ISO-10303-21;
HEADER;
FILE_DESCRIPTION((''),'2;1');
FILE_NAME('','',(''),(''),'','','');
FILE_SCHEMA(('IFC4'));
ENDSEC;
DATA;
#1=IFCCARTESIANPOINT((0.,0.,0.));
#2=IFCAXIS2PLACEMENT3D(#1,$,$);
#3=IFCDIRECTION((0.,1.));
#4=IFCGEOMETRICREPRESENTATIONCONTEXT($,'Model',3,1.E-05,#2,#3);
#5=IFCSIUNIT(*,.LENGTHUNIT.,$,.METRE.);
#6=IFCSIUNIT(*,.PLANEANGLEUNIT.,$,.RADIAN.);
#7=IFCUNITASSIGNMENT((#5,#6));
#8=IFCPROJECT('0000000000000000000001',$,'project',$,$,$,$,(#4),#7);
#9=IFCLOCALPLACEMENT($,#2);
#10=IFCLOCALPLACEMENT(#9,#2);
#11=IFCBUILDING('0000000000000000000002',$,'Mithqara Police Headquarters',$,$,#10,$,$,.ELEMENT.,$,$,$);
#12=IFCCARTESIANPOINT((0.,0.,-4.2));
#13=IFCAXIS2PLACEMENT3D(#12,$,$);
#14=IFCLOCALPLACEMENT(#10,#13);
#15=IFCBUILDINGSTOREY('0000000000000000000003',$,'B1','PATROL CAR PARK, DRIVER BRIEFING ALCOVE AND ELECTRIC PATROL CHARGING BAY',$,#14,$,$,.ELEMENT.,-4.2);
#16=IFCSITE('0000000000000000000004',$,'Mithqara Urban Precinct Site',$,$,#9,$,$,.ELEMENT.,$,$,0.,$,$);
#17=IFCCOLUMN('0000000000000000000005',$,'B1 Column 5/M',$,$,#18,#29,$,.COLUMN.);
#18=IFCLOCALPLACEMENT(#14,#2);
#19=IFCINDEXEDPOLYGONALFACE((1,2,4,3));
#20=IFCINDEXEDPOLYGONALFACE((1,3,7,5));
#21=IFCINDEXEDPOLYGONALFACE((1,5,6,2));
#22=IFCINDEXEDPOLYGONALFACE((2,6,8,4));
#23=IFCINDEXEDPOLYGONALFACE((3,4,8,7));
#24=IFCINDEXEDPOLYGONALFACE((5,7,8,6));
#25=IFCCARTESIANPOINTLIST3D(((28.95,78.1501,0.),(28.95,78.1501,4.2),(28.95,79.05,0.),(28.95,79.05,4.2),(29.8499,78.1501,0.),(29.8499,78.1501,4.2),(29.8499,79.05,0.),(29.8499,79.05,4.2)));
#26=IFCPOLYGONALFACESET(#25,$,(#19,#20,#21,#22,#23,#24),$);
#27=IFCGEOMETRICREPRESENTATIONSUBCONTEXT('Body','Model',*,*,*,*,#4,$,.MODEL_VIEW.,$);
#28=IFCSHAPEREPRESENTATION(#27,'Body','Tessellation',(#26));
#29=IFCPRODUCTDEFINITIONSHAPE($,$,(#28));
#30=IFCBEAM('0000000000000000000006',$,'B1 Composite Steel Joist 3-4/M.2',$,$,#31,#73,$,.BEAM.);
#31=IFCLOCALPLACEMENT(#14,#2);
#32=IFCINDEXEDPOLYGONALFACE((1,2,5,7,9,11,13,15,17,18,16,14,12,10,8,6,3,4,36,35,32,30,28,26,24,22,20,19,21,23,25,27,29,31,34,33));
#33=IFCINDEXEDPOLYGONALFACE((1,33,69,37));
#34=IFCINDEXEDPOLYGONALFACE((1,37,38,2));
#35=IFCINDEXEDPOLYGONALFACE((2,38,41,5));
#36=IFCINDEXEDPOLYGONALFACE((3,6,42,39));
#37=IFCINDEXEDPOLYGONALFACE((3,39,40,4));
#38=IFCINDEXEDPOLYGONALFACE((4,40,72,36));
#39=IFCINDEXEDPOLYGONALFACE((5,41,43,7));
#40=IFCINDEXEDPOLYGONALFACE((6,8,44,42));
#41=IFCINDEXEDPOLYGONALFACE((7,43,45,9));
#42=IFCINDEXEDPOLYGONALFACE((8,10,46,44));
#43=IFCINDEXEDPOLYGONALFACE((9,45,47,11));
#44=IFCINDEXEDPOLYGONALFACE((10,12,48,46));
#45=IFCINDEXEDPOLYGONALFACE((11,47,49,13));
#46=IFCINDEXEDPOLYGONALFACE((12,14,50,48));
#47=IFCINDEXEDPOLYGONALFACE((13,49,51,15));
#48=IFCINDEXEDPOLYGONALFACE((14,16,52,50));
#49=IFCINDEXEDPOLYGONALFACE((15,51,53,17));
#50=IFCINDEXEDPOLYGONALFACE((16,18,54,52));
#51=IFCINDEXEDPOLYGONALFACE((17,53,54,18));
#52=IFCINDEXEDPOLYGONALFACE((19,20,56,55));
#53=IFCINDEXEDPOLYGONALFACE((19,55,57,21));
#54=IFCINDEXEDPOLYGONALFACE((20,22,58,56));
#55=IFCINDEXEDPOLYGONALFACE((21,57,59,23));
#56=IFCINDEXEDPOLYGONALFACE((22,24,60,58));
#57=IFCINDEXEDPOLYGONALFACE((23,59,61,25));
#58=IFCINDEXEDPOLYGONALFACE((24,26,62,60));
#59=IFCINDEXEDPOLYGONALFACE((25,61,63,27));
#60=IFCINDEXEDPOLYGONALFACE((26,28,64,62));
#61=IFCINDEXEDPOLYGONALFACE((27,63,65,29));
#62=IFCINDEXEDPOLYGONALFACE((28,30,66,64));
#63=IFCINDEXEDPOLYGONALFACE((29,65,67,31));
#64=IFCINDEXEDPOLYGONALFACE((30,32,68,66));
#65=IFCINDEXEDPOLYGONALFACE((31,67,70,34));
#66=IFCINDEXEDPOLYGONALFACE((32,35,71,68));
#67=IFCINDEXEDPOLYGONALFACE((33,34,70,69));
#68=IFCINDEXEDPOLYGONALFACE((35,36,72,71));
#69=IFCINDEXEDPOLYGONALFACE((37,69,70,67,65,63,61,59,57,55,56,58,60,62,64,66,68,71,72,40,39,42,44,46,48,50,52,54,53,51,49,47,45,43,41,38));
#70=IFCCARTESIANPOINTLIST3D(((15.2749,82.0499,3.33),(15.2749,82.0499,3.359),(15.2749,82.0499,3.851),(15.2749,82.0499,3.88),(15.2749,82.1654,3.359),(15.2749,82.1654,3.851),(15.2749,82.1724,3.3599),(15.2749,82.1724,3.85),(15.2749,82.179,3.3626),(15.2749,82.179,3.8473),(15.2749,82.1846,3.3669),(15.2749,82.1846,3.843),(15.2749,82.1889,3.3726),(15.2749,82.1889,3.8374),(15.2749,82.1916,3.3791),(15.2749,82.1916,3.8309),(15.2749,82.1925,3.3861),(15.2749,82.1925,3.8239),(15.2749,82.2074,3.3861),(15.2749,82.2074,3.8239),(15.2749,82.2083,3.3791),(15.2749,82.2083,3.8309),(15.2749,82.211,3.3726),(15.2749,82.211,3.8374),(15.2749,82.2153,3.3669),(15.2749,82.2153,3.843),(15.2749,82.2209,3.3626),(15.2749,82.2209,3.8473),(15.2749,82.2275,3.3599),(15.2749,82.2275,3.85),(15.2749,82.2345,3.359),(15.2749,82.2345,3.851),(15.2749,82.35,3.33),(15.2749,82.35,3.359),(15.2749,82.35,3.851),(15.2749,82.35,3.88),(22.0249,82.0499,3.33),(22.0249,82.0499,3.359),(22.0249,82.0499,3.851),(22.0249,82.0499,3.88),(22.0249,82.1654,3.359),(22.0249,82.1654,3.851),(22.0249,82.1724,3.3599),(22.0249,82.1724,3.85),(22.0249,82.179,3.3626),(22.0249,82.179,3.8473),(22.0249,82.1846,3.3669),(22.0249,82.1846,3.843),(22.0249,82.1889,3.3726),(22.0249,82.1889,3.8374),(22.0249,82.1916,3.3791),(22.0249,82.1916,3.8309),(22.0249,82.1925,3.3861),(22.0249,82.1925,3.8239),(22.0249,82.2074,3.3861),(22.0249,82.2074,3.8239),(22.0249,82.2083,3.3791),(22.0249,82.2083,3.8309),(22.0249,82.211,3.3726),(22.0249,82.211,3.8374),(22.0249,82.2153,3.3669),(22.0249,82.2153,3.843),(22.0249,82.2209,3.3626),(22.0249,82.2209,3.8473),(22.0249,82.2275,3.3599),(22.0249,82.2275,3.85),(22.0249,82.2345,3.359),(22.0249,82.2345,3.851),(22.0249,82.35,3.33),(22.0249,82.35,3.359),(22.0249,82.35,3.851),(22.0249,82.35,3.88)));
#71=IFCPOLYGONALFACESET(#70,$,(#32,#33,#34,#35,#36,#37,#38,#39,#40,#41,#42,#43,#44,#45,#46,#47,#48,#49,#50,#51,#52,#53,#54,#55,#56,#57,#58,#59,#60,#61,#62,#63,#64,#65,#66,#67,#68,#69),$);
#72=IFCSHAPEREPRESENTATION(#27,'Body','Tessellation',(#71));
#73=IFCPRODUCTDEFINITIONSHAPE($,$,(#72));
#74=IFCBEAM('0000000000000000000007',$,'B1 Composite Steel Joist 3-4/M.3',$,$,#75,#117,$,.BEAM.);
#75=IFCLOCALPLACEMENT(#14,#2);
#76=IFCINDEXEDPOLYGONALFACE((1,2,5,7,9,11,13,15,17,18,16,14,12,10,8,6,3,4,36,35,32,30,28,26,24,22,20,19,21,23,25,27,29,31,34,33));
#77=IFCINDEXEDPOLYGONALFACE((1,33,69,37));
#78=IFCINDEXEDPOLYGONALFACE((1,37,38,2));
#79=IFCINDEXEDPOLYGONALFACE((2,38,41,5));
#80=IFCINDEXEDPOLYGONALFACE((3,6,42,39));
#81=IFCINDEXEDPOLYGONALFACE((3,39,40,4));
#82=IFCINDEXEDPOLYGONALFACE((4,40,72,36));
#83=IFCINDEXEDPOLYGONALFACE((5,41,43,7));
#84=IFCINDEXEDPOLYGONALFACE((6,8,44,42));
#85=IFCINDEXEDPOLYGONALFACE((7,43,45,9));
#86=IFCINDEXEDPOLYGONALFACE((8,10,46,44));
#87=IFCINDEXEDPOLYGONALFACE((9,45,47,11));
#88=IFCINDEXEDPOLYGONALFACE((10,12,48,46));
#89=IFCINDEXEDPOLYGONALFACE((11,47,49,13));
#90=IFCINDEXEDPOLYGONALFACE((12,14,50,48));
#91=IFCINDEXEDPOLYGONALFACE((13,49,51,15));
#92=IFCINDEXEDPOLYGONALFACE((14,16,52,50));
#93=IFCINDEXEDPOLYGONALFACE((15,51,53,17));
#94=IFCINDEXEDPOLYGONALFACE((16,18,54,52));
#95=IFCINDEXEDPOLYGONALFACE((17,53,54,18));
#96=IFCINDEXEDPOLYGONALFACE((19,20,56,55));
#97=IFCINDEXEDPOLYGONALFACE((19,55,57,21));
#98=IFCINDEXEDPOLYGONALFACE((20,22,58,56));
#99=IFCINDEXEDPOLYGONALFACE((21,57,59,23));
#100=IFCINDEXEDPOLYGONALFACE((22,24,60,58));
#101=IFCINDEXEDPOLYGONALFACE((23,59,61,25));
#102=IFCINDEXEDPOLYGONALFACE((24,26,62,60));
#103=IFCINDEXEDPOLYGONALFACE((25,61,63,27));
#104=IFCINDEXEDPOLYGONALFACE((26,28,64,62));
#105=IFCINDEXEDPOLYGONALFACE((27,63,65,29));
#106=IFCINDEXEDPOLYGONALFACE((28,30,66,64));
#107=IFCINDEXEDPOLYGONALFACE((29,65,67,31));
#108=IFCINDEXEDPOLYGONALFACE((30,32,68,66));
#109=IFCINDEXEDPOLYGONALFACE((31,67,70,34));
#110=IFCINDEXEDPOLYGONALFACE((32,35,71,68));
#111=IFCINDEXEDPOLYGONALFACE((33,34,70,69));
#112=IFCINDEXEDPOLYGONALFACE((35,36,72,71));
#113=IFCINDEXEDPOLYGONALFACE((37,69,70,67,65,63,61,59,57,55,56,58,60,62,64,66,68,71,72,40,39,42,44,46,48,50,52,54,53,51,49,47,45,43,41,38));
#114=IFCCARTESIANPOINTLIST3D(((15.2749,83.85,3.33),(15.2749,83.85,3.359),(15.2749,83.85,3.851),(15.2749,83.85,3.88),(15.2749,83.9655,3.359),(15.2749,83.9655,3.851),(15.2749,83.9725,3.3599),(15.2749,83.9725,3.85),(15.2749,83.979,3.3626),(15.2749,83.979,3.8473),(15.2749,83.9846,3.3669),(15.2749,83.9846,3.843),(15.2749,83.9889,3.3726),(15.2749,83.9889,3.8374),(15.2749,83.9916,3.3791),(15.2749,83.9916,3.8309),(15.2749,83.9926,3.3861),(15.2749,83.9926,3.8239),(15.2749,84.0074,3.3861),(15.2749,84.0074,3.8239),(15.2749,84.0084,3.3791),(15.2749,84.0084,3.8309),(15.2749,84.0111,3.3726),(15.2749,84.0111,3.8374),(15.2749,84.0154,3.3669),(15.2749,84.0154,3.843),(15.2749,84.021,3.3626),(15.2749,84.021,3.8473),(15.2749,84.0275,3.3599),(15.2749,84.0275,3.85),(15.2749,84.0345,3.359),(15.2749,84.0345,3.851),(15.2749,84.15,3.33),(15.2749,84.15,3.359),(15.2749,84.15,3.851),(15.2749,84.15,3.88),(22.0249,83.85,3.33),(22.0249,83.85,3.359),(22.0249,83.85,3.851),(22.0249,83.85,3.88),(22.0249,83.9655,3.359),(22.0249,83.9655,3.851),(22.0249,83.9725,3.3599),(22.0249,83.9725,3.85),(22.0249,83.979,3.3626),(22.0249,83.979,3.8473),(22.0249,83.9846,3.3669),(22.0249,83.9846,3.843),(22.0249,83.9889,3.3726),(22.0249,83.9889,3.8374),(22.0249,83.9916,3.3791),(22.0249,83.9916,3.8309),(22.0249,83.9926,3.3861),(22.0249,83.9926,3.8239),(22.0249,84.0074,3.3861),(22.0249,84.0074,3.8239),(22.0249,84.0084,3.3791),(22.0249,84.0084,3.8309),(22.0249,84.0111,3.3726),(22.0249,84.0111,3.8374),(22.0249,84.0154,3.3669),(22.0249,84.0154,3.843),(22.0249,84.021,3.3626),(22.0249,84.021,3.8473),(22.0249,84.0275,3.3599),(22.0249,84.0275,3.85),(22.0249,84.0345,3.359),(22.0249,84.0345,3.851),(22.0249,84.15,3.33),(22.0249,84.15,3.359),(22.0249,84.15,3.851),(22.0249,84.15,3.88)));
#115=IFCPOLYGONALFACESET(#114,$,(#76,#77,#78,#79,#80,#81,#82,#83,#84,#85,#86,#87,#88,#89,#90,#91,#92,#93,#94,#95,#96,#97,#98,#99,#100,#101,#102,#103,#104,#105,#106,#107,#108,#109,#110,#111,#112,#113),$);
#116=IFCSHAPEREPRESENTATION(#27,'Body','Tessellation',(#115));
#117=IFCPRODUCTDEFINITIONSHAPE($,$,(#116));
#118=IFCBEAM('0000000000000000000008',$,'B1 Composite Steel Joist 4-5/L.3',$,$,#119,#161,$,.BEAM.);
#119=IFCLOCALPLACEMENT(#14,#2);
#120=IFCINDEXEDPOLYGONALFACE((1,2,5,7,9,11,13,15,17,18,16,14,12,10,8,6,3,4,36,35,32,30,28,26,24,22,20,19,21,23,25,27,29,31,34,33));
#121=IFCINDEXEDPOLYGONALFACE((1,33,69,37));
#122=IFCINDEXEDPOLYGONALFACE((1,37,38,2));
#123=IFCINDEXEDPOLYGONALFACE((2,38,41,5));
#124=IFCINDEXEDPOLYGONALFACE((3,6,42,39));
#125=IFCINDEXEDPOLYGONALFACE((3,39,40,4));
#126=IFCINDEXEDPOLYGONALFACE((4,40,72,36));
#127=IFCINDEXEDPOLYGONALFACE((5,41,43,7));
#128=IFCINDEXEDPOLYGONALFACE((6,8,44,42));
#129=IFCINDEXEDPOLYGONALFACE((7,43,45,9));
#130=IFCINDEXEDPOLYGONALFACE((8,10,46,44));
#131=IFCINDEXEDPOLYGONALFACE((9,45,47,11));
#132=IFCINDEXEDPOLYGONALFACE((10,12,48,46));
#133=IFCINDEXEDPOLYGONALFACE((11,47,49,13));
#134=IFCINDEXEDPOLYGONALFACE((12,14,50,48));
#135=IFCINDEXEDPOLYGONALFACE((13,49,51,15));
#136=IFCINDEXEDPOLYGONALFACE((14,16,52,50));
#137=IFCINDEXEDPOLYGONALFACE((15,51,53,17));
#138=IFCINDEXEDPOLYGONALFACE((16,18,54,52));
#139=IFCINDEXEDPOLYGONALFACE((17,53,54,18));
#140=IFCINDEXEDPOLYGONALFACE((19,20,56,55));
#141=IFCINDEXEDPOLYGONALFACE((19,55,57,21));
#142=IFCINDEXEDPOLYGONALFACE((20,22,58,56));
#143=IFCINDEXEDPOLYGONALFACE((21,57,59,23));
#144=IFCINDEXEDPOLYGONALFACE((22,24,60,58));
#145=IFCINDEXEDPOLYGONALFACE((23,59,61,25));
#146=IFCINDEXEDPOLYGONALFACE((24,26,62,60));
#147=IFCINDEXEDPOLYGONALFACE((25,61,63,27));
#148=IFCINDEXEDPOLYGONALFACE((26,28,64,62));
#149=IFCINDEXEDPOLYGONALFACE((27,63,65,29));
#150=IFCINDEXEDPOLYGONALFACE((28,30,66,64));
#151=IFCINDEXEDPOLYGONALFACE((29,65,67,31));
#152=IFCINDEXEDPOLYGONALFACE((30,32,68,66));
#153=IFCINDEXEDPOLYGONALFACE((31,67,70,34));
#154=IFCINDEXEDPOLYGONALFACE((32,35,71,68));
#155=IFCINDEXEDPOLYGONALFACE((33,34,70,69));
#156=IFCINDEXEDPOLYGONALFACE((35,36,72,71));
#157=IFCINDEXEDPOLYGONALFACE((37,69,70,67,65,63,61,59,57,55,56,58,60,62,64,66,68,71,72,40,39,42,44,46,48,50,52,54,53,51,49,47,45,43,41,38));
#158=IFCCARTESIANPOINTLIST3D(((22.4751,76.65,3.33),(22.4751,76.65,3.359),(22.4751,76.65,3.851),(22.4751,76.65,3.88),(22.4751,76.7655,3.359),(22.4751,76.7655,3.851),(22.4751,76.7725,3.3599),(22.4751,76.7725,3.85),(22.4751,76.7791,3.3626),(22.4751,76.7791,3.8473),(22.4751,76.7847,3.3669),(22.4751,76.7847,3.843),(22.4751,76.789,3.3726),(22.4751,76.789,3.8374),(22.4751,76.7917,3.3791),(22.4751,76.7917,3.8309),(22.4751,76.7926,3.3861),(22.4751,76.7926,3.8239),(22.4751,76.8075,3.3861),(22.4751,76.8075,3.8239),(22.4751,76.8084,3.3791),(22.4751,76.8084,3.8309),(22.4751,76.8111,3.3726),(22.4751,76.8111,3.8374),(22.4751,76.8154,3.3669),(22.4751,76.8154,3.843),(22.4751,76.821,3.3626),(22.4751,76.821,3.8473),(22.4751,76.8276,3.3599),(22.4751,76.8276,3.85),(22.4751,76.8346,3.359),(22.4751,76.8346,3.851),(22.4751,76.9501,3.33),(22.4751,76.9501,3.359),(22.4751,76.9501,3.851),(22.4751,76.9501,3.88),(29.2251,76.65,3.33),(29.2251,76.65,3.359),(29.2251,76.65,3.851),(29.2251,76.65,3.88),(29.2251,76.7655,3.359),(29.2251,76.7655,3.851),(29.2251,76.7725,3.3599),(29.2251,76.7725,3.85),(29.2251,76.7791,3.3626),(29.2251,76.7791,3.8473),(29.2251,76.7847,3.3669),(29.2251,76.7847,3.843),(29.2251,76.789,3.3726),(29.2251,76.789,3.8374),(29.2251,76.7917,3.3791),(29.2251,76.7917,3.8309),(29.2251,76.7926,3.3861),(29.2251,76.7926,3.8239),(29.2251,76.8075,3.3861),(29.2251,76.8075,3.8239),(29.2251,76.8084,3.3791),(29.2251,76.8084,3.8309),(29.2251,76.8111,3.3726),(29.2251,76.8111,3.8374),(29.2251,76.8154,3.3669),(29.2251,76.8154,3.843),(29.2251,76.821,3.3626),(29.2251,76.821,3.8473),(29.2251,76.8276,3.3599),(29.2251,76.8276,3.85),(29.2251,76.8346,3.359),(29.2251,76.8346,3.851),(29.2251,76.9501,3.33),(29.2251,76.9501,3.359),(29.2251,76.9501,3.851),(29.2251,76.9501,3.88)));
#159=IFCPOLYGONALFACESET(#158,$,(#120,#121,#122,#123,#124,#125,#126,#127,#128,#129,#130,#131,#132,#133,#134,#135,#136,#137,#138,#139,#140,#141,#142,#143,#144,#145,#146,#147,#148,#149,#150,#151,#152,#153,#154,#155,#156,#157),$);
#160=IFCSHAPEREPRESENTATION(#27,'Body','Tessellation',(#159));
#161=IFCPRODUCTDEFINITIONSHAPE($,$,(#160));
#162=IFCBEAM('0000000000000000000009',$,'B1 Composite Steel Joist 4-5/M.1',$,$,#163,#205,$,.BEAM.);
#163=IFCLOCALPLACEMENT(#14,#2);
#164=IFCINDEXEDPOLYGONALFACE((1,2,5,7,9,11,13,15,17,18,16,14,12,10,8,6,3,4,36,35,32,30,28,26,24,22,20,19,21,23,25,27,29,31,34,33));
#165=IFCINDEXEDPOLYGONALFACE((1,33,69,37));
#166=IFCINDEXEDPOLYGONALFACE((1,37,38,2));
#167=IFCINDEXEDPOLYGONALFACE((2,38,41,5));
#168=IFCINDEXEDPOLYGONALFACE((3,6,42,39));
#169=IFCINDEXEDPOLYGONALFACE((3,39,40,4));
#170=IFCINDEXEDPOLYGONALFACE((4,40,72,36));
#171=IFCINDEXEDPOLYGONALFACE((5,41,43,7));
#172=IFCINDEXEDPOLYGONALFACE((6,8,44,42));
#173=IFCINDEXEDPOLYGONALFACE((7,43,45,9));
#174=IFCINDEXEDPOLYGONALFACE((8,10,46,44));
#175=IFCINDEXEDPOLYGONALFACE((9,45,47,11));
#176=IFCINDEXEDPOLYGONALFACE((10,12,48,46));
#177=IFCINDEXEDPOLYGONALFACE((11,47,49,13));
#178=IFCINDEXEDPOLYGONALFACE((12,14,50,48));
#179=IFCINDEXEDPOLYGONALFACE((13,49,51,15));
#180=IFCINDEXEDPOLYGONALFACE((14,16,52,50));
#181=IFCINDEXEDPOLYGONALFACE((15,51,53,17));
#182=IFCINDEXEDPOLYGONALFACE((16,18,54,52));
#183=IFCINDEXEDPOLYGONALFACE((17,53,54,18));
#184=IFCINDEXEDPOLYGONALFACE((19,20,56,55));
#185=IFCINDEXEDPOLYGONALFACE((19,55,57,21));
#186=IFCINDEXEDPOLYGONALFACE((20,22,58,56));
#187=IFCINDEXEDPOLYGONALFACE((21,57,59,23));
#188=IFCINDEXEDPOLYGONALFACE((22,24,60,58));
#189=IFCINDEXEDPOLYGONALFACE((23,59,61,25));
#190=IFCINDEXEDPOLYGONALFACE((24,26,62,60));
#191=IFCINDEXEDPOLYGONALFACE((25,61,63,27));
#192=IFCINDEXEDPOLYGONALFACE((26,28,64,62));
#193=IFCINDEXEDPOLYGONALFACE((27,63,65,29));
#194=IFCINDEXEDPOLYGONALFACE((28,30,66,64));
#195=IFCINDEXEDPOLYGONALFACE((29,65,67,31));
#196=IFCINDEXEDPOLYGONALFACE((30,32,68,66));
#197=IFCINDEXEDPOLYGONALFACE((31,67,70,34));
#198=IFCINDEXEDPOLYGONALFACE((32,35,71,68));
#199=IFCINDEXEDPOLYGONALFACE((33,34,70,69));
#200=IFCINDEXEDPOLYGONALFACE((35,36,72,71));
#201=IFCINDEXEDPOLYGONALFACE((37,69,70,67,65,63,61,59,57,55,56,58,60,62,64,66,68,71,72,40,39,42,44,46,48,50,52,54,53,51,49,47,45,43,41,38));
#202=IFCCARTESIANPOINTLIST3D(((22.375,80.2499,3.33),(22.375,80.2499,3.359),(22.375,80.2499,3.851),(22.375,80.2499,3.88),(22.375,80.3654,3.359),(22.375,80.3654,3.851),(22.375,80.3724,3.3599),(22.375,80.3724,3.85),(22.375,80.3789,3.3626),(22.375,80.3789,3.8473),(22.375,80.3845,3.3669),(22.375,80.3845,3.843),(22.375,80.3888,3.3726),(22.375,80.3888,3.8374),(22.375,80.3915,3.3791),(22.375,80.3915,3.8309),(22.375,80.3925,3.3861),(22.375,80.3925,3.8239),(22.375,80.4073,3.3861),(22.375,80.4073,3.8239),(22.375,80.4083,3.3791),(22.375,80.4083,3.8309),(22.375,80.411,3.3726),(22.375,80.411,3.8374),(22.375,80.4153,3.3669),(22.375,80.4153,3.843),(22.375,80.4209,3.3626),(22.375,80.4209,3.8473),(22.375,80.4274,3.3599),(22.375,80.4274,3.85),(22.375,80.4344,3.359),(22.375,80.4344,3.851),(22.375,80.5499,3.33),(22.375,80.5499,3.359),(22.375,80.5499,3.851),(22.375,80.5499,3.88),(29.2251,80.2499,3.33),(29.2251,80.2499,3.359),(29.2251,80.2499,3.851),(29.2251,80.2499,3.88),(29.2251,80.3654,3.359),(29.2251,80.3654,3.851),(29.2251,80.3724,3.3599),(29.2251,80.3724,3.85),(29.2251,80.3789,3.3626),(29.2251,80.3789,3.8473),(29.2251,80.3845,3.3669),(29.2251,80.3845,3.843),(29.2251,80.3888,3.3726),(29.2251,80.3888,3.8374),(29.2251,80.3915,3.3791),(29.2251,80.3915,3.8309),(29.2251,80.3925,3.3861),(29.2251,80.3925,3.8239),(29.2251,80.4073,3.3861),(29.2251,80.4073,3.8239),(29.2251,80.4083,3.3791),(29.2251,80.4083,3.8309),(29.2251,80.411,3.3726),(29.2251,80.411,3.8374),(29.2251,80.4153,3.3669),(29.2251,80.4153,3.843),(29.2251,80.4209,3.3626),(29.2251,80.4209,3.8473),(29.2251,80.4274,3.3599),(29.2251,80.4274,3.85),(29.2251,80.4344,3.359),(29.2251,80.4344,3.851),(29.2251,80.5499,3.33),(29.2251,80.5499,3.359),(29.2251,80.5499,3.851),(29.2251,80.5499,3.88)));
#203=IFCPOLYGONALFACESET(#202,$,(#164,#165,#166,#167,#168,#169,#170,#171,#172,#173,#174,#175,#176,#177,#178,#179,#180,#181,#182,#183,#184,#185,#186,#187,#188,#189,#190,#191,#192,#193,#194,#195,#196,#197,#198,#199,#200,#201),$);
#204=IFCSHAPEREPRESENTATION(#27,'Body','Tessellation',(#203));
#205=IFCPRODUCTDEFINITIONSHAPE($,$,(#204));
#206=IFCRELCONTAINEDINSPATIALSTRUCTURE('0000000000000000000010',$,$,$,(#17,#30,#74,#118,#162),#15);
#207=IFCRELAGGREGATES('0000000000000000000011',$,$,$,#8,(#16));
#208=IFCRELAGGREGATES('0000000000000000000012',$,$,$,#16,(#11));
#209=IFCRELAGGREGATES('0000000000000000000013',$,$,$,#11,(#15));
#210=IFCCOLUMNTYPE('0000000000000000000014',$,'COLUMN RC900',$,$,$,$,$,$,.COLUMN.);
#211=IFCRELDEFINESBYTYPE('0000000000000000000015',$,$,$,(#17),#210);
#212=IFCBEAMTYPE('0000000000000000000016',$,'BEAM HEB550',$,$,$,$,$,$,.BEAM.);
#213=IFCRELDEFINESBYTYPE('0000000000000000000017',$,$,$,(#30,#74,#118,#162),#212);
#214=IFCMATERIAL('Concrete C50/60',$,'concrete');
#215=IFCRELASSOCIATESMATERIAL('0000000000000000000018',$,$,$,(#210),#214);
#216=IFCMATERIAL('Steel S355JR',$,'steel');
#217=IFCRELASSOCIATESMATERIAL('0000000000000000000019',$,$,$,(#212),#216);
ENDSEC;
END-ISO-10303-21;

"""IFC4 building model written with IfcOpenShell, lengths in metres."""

from ifc_helpers import new_model, si_unit, direction, frame, origin, origin_2d, place, context, subcontext, project, spatial, rectangle, i_section, extrude, material, material_profile, profile_set, type_object, element, save


model = new_model("IFC4")

# Units and contexts
model_context = context("Model", 3, precision=1e-05, world=origin(), true_north=direction((0.0, 1.0)))
body_context = subcontext(model_context, "Body", "Model", "MODEL_VIEW")
ifc_project = project(units=[si_unit("LENGTHUNIT", "METRE"), si_unit("PLANEANGLEUNIT", "RADIAN")], contexts=[model_context])

# Site, building, storey
site_placement = place(None, origin())
site = spatial("IfcSite", under=ifc_project, at=site_placement, Name="Mithqara Urban Precinct Site", CompositionType="ELEMENT", RefElevation=0.0)
building_placement = place(site_placement, origin())
building = spatial("IfcBuilding", under=site, at=building_placement, Name="Mithqara Police Headquarters", CompositionType="ELEMENT")
storey_placement = place(building_placement, frame((0.0, 0.0, -4.2)))
storey = spatial("IfcBuildingStorey", under=building, at=storey_placement, Name="B1", Description="PATROL CAR PARK, DRIVER BRIEFING ALCOVE AND ELECTRIC PATROL CHARGING BAY", CompositionType="ELEMENT", Elevation=-4.2)

# Column
ifc_material_1 = material(Name="Concrete C50/60", Category="concrete")
ifc_material_profile_1 = material_profile(ifc_material_1, rectangle(XDim=0.8999, YDim=0.8999, at=origin_2d()), Name="RC 900x900")
ifc_profile_set_1 = profile_set([ifc_material_profile_1], Name="Concrete C50/60")
column_type_1 = type_object("IfcColumnType", Name="COLUMN RC900", PredefinedType="COLUMN", material=ifc_profile_set_1)
for number, where, z_axis, x_axis, name in (
    (1, (29.3999, 78.6001, 0.0), (0.0, 0.0, 1.0), (1.0, 0.0, 0.0), "B1 Column 5/M"),
):
    element("IfcColumn", number, at=place(storey_placement, frame(where, z_axis=z_axis, x_axis=x_axis)), inside=storey, type_object=column_type_1, Name=name, PredefinedType="COLUMN", context=body_context, shape_type="SweptSolid", body=[
        extrude(rectangle(XDim=0.8999, YDim=0.8999, at=origin_2d()), origin(), (0.0, 0.0, 1.0), 4.2),
    ])

# Beams
ifc_material_2 = material(Name="Steel S355JR", Category="steel")
ifc_material_profile_2 = material_profile(ifc_material_2, i_section(OverallWidth=0.3, OverallDepth=0.55, WebThickness=0.0149, FlangeThickness=0.0291, FilletRadius=0.0271, at=origin_2d()), Name="HEB 550")
ifc_profile_set_2 = profile_set([ifc_material_profile_2], Name="Steel S355JR")
beam_type_1 = type_object("IfcBeamType", Name="BEAM HEB550", PredefinedType="BEAM", material=ifc_profile_set_2)
for number, where, z_axis, x_axis, name in (
    (2, (15.2749, 82.2, 3.605), (1.0, 0.0, 0.0), (0.0, 1.0, 0.0), "B1 Composite Steel Joist 3-4/M.2"),
    (3, (15.2749, 84.0, 3.605), (1.0, 0.0, 0.0), (0.0, 1.0, 0.0), "B1 Composite Steel Joist 3-4/M.3"),
    (4, (22.4751, 76.8, 3.605), (1.0, 0.0, 0.0), (0.0, 1.0, 0.0), "B1 Composite Steel Joist 4-5/L.3"),
):
    element("IfcBeam", number, at=place(storey_placement, frame(where, z_axis=z_axis, x_axis=x_axis)), inside=storey, type_object=beam_type_1, Name=name, PredefinedType="BEAM", context=body_context, shape_type="SweptSolid", body=[
        extrude(i_section(OverallWidth=0.3, OverallDepth=0.55, WebThickness=0.0149, FlangeThickness=0.0291, FilletRadius=0.0271, at=origin_2d()), origin(), (0.0, 0.0, 1.0), 6.75),
    ])
for number, where, z_axis, x_axis, name in (
    (5, (22.375, 80.3999, 3.605), (1.0, 0.0, 0.0), (0.0, 1.0, 0.0), "B1 Composite Steel Joist 4-5/M.1"),
):
    element("IfcBeam", number, at=place(storey_placement, frame(where, z_axis=z_axis, x_axis=x_axis)), inside=storey, type_object=beam_type_1, Name=name, PredefinedType="BEAM", context=body_context, shape_type="SweptSolid", body=[
        extrude(i_section(OverallWidth=0.3, OverallDepth=0.55, WebThickness=0.0149, FlangeThickness=0.0291, FilletRadius=0.0271, at=origin_2d()), origin(), (0.0, 0.0, 1.0), 6.8501),
    ])

save(model, "model.ifc")
